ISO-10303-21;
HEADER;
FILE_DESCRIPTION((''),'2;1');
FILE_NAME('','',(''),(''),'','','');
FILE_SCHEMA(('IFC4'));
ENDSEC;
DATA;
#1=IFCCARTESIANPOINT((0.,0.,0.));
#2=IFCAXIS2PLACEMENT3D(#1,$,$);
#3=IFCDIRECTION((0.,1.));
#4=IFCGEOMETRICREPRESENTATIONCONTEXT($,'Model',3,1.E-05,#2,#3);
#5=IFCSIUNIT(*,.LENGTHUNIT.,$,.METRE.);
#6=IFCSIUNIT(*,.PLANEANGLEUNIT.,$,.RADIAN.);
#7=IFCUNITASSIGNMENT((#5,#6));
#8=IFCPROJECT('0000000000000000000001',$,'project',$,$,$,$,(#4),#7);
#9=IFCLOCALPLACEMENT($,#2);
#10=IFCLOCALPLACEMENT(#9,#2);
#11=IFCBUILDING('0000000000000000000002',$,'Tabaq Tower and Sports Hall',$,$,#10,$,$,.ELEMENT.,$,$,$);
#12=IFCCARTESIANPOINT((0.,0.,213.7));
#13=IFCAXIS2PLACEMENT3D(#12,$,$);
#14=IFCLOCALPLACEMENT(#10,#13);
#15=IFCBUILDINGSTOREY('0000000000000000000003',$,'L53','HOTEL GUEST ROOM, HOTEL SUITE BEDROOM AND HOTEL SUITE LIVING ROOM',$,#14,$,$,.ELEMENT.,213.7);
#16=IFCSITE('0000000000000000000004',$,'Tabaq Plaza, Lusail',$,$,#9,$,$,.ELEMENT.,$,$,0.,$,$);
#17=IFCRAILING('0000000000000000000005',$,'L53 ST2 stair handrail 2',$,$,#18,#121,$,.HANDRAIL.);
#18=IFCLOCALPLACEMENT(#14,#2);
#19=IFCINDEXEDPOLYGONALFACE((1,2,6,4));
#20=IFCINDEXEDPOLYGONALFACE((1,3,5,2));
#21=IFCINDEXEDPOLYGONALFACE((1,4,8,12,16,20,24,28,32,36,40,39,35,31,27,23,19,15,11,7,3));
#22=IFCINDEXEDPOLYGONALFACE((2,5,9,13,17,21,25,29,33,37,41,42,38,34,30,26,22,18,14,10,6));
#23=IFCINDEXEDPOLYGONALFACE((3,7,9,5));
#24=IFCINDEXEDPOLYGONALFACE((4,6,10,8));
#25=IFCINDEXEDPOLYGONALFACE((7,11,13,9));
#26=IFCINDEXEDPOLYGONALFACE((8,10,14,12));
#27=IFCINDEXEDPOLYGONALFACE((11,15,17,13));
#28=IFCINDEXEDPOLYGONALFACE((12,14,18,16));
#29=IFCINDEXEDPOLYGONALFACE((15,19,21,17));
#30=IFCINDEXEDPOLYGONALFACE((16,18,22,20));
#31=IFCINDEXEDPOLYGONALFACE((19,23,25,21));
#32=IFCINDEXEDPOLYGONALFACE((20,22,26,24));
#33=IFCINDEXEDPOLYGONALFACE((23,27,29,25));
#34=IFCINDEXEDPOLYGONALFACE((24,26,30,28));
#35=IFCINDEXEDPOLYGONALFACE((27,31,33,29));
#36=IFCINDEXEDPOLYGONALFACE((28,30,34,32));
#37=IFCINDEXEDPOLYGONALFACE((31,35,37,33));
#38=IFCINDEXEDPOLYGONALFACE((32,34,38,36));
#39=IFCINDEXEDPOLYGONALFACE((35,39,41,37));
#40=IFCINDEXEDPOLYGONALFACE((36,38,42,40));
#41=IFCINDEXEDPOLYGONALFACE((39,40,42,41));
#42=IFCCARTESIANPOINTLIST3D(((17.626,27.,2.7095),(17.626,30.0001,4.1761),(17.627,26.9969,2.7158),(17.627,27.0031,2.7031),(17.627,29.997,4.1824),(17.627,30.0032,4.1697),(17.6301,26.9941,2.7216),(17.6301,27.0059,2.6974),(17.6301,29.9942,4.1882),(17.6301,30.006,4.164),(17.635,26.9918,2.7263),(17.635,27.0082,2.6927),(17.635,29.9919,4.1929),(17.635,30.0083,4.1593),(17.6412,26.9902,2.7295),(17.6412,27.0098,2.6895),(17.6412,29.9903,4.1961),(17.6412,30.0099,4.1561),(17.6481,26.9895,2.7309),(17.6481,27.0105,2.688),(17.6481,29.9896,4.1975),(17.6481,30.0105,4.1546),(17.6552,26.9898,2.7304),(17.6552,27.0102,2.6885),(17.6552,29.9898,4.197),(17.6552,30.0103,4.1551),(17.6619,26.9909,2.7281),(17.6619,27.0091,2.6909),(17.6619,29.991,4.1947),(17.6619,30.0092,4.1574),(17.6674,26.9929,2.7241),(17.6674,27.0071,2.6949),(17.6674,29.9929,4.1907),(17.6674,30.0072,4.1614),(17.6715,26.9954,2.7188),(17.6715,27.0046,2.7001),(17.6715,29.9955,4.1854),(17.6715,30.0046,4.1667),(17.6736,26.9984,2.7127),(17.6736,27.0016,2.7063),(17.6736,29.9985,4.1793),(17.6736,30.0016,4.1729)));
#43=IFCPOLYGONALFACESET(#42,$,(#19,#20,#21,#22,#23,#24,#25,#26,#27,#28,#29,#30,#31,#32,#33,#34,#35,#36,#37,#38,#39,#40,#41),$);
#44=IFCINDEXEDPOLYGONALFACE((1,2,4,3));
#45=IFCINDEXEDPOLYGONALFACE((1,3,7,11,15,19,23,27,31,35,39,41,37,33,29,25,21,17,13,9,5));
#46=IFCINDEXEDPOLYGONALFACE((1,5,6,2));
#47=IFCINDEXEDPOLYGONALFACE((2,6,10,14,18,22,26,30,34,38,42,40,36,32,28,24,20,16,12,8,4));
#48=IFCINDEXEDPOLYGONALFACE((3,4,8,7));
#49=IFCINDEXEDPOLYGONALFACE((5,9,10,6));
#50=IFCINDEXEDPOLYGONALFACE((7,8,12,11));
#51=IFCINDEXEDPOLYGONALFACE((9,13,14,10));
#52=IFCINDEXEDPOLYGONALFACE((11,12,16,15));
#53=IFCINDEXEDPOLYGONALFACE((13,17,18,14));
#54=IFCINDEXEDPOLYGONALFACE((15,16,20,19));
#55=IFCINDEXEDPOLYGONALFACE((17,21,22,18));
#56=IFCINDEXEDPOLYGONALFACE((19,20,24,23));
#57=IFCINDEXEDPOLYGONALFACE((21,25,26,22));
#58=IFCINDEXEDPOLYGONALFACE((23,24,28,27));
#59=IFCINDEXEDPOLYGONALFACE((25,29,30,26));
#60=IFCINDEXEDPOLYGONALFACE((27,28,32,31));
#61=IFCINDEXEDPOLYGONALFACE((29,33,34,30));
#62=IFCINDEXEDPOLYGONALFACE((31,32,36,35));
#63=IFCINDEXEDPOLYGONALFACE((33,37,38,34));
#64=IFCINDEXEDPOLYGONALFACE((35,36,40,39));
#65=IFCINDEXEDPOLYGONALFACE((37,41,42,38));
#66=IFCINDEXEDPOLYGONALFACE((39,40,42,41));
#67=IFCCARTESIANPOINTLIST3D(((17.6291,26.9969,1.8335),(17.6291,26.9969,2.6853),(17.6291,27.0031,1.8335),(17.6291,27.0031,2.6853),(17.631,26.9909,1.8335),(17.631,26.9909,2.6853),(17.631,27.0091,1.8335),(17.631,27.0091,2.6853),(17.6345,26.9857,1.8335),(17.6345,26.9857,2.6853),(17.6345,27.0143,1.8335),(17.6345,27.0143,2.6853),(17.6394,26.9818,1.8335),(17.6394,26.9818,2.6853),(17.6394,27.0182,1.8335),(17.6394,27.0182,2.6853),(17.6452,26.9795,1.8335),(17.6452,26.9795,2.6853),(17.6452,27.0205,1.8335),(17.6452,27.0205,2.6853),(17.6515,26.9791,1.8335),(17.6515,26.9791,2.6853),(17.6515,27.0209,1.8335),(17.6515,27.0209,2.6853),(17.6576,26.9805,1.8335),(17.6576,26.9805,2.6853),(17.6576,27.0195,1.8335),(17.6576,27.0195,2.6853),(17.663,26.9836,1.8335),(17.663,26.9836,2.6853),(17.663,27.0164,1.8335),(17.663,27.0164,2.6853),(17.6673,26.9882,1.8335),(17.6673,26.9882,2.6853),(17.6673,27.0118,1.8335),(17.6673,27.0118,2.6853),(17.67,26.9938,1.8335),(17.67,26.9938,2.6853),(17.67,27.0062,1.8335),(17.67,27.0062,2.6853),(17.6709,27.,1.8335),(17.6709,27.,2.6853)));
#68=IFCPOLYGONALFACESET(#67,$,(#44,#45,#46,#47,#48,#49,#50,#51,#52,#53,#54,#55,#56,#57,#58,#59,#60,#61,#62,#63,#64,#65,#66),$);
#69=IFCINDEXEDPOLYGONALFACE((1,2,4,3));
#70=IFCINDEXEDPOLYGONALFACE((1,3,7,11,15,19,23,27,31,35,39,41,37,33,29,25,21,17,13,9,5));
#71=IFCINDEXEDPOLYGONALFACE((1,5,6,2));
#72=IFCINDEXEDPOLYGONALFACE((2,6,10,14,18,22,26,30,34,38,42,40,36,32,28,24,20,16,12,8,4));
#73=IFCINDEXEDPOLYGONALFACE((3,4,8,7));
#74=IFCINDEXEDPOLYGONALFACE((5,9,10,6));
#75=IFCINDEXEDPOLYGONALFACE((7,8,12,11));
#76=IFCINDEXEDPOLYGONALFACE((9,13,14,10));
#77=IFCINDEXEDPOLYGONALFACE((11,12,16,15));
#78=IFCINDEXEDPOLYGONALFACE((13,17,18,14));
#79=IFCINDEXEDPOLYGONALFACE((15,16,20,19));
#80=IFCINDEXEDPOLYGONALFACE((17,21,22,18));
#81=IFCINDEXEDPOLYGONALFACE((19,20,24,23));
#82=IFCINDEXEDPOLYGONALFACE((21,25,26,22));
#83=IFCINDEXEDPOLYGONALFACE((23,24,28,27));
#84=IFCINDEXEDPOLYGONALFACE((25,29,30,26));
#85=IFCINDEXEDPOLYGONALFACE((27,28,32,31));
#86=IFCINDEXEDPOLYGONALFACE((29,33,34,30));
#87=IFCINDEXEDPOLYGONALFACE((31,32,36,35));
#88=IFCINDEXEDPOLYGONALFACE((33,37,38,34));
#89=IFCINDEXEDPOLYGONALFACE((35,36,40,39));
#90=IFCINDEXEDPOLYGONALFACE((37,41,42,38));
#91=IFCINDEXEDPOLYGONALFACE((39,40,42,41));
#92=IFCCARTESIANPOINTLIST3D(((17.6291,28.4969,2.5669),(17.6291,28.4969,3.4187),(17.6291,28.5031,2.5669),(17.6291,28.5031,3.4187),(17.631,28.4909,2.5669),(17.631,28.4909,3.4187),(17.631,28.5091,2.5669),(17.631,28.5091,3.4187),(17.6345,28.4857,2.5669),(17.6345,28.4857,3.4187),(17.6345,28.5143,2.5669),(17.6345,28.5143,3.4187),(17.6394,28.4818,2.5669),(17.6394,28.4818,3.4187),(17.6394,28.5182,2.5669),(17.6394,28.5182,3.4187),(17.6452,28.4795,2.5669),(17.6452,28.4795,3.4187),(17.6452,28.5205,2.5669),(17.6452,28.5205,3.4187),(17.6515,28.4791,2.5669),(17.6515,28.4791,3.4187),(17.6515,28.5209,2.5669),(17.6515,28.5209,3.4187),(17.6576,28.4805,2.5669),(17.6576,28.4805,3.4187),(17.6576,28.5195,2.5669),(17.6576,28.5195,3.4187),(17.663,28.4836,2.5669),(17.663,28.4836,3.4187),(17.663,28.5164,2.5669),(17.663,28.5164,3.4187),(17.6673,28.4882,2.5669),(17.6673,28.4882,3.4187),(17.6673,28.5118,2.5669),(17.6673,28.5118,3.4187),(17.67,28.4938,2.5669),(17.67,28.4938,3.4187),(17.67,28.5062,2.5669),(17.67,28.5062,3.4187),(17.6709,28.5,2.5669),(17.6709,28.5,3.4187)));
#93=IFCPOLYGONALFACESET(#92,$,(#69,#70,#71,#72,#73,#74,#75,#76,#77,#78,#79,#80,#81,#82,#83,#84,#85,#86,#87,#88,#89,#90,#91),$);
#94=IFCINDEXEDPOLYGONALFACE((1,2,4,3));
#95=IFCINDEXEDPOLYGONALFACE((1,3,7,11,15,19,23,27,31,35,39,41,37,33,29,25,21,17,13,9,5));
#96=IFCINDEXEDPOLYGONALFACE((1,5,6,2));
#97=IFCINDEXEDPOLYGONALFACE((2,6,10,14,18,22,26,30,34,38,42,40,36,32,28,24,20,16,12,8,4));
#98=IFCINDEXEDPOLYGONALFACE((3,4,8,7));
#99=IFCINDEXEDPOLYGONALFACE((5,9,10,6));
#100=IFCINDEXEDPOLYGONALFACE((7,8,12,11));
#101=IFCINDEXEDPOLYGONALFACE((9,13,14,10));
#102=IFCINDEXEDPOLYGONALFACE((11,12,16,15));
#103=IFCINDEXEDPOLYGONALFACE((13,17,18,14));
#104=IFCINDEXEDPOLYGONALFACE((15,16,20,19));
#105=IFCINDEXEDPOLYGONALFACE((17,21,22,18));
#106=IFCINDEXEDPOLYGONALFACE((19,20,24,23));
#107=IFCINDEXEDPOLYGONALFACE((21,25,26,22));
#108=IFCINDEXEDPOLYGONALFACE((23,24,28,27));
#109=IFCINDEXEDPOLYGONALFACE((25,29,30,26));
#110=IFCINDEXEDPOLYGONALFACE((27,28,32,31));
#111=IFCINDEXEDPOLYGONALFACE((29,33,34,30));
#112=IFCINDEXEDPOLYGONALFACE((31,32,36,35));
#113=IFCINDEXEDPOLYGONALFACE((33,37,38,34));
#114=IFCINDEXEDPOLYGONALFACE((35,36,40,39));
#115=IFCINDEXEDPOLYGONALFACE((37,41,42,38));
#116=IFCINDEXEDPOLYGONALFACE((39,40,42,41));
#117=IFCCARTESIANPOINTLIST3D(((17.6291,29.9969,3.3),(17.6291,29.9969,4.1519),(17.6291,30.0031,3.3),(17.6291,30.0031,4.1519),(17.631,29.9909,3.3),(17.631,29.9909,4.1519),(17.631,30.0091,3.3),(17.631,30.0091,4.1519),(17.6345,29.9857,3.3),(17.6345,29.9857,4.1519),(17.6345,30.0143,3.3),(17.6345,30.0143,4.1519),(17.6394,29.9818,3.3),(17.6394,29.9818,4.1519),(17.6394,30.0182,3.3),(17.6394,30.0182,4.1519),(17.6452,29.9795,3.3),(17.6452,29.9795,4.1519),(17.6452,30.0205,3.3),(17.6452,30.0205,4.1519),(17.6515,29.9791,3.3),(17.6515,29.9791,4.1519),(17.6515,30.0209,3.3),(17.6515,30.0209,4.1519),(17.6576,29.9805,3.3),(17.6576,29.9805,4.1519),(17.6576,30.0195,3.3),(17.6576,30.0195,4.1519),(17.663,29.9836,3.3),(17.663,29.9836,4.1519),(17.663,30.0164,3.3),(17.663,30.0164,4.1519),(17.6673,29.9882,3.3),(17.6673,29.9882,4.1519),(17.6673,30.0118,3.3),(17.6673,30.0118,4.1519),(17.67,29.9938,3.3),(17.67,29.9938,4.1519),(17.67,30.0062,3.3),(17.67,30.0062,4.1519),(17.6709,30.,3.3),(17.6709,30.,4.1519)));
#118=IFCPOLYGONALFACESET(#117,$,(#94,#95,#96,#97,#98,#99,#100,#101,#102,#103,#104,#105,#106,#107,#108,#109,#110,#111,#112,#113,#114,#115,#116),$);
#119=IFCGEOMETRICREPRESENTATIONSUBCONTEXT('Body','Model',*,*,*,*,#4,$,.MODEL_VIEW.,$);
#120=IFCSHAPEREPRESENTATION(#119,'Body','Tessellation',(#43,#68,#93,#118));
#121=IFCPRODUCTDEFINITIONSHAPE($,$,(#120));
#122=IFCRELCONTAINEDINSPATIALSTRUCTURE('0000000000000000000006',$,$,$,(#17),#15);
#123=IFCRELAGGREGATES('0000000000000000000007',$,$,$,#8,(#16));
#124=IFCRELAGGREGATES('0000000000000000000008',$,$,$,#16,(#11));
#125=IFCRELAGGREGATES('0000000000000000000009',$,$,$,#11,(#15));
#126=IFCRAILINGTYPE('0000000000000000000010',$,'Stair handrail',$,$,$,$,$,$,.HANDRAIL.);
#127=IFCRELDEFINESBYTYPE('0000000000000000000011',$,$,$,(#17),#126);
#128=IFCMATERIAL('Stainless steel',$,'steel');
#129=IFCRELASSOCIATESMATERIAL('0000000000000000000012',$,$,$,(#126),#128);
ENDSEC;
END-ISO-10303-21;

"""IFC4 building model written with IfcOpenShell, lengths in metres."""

from ifc_helpers import new_model, si_unit, direction, frame, origin, origin_2d, place, context, subcontext, project, spatial, circle, extrude, material, type_object, element, save


model = new_model("IFC4")

# Units and contexts
model_context = context("Model", 3, precision=1e-05, world=origin(), true_north=direction((0.0, 1.0)))
body_context = subcontext(model_context, "Body", "Model", "MODEL_VIEW")
ifc_project = project(units=[si_unit("LENGTHUNIT", "METRE"), si_unit("PLANEANGLEUNIT", "RADIAN")], contexts=[model_context])

# Site, building, storey
site_placement = place(None, origin())
site = spatial("IfcSite", under=ifc_project, at=site_placement, Name="Tabaq Plaza, Lusail", CompositionType="ELEMENT", RefElevation=0.0)
building_placement = place(site_placement, origin())
building = spatial("IfcBuilding", under=site, at=building_placement, Name="Tabaq Tower and Sports Hall", CompositionType="ELEMENT")
storey_placement = place(building_placement, frame((0.0, 0.0, 213.7)))
storey = spatial("IfcBuildingStorey", under=building, at=storey_placement, Name="L53", Description="HOTEL GUEST ROOM, HOTEL SUITE BEDROOM AND HOTEL SUITE LIVING ROOM", CompositionType="ELEMENT", Elevation=213.7)

# Railing
ifc_material_1 = material(Name="Stainless steel", Category="steel")
railing_type_1 = type_object("IfcRailingType", Name="Stair handrail", PredefinedType="HANDRAIL", material=ifc_material_1)
railing_1_placement = place(storey_placement, frame((17.6499, 27.0, 1.8335)))
element("IfcRailing", 1, at=railing_1_placement, inside=storey, type_object=railing_type_1, Name="L53 ST2 stair handrail 2", PredefinedType="HANDRAIL", context=body_context, shape_type="SweptSolid", body=[
    extrude(circle(Radius=0.0239, at=origin_2d()), frame((0.0, 0.0, 0.876), z_axis=(0.0, 0.898398, 0.439183), x_axis=(-1.0, 0.0, 0.0)), (0.0, 0.0, 1.0), 3.3394),
    extrude(circle(Radius=0.021, at=origin_2d()), origin(), (0.0, 0.0, 1.0), 0.8518),
    extrude(circle(Radius=0.021, at=origin_2d()), frame((0.0, 1.5, 0.7334)), (0.0, 0.0, 1.0), 0.8518),
    extrude(circle(Radius=0.021, at=origin_2d()), frame((0.0, 3.0, 1.4666)), (0.0, 0.0, 1.0), 0.8518),
])

save(model, "model.ifc")
